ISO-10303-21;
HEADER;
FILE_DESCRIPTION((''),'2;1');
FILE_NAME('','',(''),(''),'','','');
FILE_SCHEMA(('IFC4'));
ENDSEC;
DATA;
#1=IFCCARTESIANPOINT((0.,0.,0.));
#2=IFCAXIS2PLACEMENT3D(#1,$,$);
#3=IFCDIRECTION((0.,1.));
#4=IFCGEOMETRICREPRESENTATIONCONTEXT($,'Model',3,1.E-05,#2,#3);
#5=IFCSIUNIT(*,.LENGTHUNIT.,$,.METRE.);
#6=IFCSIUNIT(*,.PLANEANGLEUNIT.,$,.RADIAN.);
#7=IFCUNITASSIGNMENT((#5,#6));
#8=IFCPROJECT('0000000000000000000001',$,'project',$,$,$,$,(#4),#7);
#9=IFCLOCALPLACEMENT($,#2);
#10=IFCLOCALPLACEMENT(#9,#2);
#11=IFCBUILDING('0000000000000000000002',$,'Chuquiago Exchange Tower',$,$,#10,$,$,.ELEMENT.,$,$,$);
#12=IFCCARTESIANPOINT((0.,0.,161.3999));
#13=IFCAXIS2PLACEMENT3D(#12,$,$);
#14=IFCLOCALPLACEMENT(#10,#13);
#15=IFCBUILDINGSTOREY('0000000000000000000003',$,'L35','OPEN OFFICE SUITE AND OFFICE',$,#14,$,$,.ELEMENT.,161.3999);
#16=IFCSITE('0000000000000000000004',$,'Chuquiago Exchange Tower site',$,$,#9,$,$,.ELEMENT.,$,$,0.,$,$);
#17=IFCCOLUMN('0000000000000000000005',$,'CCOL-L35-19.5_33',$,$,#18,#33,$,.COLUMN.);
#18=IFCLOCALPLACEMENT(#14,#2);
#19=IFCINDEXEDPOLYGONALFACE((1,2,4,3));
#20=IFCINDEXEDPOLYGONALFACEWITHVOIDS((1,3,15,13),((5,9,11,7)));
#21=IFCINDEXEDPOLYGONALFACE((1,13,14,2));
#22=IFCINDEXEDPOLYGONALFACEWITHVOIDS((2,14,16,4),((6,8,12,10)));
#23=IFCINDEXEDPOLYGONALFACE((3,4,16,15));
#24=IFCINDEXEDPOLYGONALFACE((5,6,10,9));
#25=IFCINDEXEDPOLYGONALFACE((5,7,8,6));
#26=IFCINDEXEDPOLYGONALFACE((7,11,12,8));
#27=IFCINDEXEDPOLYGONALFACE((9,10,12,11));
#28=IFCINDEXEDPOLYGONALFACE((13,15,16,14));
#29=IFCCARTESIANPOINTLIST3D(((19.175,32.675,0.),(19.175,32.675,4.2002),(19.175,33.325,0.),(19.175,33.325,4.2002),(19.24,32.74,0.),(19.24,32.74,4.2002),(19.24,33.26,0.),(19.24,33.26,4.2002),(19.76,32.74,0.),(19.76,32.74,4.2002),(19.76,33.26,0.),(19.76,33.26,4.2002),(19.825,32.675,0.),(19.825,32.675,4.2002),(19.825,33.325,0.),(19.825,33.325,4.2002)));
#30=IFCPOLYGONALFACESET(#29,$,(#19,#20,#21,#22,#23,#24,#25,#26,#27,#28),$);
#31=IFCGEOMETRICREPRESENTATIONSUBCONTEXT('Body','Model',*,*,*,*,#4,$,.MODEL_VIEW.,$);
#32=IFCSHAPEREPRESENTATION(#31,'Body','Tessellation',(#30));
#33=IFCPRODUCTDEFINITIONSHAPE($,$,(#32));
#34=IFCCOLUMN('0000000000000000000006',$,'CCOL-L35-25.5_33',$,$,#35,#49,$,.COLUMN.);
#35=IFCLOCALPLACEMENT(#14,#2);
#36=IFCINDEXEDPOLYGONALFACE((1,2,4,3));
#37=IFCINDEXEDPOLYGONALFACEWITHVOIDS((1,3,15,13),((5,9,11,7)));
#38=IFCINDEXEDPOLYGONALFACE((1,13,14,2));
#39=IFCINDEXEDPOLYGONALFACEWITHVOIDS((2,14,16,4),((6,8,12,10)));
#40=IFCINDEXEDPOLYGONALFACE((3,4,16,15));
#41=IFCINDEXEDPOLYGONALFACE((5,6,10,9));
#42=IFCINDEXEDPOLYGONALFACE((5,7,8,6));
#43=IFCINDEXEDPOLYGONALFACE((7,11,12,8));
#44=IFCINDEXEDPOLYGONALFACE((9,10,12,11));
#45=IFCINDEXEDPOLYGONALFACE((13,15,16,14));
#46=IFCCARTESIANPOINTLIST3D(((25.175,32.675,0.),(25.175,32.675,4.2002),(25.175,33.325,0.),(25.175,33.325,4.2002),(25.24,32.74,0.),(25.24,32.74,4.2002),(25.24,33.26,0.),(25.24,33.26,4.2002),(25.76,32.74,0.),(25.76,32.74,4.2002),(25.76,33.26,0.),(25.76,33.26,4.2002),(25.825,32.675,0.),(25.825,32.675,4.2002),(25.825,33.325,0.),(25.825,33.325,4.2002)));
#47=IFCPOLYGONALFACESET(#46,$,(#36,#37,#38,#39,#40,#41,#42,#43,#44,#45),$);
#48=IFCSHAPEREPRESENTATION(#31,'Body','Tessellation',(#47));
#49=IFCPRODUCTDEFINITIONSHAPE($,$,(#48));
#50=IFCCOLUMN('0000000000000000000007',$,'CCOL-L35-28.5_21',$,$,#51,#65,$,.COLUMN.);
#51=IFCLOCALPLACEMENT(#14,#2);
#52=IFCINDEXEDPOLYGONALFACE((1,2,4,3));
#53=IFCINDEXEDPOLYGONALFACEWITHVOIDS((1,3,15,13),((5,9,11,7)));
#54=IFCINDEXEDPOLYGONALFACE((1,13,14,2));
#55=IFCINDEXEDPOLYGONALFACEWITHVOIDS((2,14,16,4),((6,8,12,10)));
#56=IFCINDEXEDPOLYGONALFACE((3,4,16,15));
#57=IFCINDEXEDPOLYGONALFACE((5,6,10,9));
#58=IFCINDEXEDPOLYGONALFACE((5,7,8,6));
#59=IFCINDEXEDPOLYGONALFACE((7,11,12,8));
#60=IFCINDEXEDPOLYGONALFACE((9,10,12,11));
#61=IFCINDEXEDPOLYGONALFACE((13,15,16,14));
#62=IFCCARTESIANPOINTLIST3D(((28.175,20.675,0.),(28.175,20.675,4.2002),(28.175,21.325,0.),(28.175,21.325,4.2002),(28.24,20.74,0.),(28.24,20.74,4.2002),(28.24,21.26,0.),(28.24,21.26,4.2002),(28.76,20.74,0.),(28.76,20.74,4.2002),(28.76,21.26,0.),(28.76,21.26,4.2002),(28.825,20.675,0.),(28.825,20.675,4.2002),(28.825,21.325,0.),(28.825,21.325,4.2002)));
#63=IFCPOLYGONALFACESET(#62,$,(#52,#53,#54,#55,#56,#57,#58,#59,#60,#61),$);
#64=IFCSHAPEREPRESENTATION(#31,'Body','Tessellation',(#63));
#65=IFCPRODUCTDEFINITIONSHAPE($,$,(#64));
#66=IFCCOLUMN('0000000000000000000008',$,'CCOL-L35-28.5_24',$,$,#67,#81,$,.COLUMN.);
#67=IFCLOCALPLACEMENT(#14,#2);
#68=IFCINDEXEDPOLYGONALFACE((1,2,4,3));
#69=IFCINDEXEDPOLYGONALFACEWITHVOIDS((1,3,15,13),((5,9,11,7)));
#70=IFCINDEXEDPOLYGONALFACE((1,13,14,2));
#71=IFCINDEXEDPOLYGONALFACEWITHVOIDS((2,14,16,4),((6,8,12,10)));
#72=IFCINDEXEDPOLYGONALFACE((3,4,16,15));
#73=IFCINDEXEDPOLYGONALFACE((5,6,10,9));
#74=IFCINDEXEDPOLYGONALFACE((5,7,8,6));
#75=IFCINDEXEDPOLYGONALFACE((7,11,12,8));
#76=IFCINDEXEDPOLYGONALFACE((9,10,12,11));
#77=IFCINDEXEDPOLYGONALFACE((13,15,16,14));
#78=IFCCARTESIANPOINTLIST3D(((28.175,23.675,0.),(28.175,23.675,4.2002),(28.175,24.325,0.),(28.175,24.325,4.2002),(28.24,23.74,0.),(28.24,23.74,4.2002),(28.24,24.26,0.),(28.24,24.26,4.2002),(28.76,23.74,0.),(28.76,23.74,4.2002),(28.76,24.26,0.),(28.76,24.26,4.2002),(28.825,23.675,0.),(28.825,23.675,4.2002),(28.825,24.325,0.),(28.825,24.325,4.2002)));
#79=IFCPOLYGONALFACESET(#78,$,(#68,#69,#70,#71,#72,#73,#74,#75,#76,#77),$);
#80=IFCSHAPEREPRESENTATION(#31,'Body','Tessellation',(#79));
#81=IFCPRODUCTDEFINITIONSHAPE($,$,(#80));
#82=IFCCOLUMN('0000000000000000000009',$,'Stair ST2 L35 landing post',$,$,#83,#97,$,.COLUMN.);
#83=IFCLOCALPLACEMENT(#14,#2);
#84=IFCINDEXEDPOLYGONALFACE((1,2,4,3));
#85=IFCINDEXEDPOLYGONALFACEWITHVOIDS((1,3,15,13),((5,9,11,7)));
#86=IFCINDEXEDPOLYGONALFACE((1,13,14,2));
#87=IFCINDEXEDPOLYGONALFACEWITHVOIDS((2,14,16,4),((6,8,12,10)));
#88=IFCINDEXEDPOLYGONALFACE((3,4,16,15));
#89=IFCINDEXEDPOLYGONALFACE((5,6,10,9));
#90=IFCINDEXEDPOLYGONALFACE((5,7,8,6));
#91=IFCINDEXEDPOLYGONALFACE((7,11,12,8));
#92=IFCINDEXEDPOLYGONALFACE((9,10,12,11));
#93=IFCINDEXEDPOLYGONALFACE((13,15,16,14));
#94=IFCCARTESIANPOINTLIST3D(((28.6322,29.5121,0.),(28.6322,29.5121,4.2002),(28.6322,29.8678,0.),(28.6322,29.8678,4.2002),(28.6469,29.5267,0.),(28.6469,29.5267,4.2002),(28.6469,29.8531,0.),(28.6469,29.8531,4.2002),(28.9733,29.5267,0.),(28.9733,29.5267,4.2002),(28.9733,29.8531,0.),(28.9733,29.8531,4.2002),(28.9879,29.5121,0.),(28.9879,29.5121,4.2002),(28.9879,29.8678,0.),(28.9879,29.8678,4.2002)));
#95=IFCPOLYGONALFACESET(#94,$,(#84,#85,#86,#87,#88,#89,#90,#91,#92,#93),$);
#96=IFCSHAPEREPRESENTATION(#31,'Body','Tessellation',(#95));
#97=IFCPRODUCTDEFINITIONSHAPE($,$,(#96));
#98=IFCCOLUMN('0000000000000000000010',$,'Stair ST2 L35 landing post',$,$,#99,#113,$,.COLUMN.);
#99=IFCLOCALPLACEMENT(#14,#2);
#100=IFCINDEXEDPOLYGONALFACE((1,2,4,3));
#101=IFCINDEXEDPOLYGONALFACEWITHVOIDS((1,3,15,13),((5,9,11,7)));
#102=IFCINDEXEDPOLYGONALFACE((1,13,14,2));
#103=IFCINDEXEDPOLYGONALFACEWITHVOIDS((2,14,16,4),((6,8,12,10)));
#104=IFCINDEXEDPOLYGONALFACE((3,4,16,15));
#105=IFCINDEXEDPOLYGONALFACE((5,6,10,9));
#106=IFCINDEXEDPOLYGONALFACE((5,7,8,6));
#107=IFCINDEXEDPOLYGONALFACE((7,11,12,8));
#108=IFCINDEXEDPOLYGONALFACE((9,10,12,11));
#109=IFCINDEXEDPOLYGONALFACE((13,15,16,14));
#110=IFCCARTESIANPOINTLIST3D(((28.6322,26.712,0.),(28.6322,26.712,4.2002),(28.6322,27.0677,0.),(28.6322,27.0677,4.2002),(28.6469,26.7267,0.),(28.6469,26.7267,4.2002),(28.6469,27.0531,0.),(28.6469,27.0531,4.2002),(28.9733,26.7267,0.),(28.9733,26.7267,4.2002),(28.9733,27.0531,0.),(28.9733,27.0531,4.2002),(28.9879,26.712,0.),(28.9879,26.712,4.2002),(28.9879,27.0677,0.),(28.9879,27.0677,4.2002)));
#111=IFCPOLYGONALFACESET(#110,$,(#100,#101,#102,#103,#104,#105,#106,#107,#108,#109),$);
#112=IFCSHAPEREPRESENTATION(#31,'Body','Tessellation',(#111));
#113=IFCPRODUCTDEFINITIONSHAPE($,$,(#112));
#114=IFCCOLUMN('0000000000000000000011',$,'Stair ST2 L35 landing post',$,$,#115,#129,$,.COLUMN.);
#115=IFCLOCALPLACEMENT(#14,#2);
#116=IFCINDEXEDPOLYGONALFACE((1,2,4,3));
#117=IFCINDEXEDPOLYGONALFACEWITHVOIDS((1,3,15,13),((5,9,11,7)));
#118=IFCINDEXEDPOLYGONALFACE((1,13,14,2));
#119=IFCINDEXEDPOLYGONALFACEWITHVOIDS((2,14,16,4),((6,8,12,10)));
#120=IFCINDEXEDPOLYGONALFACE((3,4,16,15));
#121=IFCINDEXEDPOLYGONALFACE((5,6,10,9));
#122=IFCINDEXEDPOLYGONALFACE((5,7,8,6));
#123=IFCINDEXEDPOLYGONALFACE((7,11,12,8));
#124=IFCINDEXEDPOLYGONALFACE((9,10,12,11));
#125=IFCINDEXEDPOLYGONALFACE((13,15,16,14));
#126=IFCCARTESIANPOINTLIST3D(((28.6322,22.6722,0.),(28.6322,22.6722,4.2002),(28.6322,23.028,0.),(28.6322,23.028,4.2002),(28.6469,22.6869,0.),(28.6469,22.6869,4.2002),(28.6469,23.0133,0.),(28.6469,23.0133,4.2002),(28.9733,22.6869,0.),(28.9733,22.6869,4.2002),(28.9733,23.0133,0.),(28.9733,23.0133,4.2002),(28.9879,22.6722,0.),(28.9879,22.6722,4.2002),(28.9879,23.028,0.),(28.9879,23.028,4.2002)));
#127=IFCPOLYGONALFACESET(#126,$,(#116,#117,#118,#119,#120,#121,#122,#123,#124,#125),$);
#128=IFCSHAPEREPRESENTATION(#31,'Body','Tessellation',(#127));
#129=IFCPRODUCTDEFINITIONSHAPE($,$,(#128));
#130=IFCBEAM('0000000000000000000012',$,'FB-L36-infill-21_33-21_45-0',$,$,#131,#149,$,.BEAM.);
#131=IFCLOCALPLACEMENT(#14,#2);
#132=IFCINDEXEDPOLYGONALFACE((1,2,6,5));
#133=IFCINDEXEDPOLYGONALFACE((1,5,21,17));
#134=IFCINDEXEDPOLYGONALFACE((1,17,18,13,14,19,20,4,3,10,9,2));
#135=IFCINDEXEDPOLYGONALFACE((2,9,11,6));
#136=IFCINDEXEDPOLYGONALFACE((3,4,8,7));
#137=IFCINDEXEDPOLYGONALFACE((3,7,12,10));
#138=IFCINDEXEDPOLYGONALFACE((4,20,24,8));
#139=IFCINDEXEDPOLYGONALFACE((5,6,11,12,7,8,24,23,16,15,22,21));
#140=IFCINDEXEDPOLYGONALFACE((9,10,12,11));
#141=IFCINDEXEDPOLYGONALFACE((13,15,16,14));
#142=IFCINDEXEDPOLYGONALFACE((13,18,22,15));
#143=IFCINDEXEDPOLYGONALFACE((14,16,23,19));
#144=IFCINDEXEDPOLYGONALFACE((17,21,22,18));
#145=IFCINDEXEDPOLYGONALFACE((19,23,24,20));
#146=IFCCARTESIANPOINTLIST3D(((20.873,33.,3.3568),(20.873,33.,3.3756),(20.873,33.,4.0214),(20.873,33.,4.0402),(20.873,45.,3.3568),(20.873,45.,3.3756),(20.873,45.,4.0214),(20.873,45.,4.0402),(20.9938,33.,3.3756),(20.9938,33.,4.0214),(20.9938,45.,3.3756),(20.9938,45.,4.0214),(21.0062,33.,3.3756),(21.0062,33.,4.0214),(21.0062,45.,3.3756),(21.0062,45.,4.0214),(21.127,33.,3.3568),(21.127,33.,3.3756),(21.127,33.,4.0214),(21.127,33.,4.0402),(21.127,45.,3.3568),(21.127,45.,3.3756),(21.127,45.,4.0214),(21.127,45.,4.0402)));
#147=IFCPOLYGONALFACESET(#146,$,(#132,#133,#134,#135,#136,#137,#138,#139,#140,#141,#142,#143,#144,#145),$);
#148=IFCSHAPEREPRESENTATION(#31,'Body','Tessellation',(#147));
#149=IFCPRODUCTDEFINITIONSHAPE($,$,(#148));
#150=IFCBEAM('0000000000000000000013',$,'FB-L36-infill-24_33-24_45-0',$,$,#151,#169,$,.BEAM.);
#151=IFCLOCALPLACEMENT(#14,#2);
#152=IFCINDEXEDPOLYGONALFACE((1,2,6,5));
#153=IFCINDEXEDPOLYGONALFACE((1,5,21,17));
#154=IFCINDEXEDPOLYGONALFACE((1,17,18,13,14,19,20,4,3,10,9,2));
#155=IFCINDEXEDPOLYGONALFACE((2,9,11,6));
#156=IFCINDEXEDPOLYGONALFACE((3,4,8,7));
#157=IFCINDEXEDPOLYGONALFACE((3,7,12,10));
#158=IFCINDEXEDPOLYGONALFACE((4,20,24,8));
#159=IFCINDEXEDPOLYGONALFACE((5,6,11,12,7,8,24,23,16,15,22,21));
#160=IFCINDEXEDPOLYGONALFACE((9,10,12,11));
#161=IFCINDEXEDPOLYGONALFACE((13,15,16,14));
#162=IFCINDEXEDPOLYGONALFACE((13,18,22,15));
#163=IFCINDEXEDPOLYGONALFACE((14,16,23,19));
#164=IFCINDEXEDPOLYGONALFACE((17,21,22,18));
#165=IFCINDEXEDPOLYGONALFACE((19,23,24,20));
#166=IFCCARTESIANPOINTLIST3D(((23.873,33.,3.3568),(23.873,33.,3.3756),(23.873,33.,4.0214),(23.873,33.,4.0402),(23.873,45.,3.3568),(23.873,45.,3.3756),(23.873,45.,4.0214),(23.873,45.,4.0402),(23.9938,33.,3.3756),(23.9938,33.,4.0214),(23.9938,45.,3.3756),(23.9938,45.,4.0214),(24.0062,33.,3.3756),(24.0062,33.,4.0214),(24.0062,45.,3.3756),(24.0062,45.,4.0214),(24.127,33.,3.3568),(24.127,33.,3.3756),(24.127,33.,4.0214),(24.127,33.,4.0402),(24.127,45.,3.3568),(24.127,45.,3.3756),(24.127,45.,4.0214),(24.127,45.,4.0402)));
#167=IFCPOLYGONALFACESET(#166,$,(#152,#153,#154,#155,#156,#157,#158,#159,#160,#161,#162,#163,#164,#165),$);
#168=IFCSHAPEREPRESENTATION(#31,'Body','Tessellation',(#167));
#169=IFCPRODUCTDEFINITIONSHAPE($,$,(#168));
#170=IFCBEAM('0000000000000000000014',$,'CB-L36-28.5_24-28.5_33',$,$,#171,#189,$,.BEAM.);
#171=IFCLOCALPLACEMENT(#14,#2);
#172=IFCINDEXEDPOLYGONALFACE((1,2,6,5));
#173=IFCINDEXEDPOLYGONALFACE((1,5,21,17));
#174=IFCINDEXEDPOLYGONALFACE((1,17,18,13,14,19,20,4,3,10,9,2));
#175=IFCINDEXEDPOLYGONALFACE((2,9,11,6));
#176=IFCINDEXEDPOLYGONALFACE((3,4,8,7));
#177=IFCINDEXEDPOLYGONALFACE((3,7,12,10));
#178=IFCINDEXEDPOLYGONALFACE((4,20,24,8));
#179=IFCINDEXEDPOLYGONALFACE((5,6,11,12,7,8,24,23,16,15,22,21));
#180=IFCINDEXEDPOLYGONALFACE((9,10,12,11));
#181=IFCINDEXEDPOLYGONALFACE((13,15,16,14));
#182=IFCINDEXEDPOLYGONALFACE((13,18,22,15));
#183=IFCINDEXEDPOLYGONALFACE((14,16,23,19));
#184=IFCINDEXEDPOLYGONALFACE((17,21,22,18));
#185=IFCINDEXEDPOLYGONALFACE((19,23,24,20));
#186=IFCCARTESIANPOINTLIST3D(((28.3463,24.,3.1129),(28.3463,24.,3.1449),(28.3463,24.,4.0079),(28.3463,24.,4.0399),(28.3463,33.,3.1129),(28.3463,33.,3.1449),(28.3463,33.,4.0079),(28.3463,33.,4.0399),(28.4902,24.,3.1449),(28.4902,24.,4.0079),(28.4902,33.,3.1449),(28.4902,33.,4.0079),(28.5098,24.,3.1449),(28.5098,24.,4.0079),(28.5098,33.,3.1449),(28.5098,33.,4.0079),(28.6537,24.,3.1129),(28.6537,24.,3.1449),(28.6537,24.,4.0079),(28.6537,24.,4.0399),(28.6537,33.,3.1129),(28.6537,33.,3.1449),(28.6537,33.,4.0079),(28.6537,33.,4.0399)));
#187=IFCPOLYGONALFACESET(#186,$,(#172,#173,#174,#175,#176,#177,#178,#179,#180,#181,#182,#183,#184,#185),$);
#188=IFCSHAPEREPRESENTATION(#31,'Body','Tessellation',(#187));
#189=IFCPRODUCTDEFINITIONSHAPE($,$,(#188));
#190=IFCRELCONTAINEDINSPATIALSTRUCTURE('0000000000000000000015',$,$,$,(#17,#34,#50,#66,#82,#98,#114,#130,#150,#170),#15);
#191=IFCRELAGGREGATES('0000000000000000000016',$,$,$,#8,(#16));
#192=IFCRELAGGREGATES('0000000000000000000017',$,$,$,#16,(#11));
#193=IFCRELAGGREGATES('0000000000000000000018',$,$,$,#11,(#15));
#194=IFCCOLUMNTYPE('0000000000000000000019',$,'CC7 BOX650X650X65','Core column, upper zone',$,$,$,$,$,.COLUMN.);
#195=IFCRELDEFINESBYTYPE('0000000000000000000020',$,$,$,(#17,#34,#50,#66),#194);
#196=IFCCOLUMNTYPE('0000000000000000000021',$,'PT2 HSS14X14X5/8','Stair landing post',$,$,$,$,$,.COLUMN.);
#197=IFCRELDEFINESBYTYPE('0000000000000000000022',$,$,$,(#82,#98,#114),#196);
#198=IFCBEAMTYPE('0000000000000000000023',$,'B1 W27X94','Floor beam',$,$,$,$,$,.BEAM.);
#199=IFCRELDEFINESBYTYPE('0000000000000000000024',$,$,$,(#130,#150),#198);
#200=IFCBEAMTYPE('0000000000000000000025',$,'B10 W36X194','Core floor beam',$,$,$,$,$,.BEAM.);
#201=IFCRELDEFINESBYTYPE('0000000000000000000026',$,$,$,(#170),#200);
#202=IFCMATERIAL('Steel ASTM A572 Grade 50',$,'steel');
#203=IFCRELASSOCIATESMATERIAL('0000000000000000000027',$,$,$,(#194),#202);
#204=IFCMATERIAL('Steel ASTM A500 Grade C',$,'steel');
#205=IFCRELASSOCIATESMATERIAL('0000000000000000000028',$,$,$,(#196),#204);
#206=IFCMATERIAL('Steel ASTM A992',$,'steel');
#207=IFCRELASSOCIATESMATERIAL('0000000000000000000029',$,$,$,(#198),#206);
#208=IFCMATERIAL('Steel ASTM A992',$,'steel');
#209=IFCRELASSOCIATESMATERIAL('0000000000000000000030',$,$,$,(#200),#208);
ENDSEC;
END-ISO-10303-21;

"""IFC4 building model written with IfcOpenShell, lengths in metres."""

from ifc_helpers import new_model, si_unit, direction, frame, origin, origin_2d, place, context, subcontext, project, spatial, hollow_rectangle, i_section, extrude, material, material_profile, profile_set, type_object, element, save


model = new_model("IFC4")

# Units and contexts
model_context = context("Model", 3, precision=1e-05, world=origin(), true_north=direction((0.0, 1.0)))
body_context = subcontext(model_context, "Body", "Model", "MODEL_VIEW")
ifc_project = project(units=[si_unit("LENGTHUNIT", "METRE"), si_unit("PLANEANGLEUNIT", "RADIAN")], contexts=[model_context])

# Site, building, storey
site_placement = place(None, origin())
site = spatial("IfcSite", under=ifc_project, at=site_placement, Name="Chuquiago Exchange Tower site", CompositionType="ELEMENT", RefElevation=0.0)
building_placement = place(site_placement, origin())
building = spatial("IfcBuilding", under=site, at=building_placement, Name="Chuquiago Exchange Tower", CompositionType="ELEMENT")
storey_placement = place(building_placement, frame((0.0, 0.0, 161.3999)))
storey = spatial("IfcBuildingStorey", under=building, at=storey_placement, Name="L35", Description="OPEN OFFICE SUITE AND OFFICE", CompositionType="ELEMENT", Elevation=161.3999)

# Columns
ifc_material_1 = material(Name="Steel ASTM A572 Grade 50", Category="steel")
ifc_material_profile_1 = material_profile(ifc_material_1, hollow_rectangle(XDim=0.6499, YDim=0.6499, WallThickness=0.0649, at=origin_2d()), Name="BOX650X650X65")
ifc_profile_set_1 = profile_set([ifc_material_profile_1], Name="Steel ASTM A572 Grade 50")
column_type_1 = type_object("IfcColumnType", Name="CC7 BOX650X650X65", Description="Core column, upper zone", PredefinedType="COLUMN", material=ifc_profile_set_1)
for number, where, z_axis, x_axis, name in (
    (1, (19.5, 33.0, 0.0), (0.0, 0.0, 1.0), (1.0, 0.0, 0.0), "CCOL-L35-19.5_33"),
    (2, (25.5, 33.0, 0.0), (0.0, 0.0, 1.0), (1.0, 0.0, 0.0), "CCOL-L35-25.5_33"),
    (3, (28.5, 21.0, 0.0), (0.0, 0.0, 1.0), (1.0, 0.0, 0.0), "CCOL-L35-28.5_21"),
    (4, (28.5, 24.0, 0.0), (0.0, 0.0, 1.0), (1.0, 0.0, 0.0), "CCOL-L35-28.5_24"),
):
    element("IfcColumn", number, at=place(storey_placement, frame(where, z_axis=z_axis, x_axis=x_axis)), inside=storey, type_object=column_type_1, Name=name, PredefinedType="COLUMN", context=body_context, shape_type="SweptSolid", body=[
        extrude(hollow_rectangle(XDim=0.6499, YDim=0.6499, WallThickness=0.0649, at=origin_2d()), origin(), (0.0, 0.0, 1.0), 4.2002),
    ])
ifc_material_2 = material(Name="Steel ASTM A500 Grade C", Category="steel")
ifc_material_profile_2 = material_profile(ifc_material_2, hollow_rectangle(XDim=0.3557, YDim=0.3557, WallThickness=0.0146, at=origin_2d()), Name="HSS14X14X5/8")
ifc_profile_set_2 = profile_set([ifc_material_profile_2], Name="Steel ASTM A500 Grade C")
column_type_2 = type_object("IfcColumnType", Name="PT2 HSS14X14X5/8", Description="Stair landing post", PredefinedType="COLUMN", material=ifc_profile_set_2)
for number, where, z_axis, x_axis, name in (
    (5, (28.8101, 29.6899, 0.0), (0.0, 0.0, 1.0), (1.0, 0.0, 0.0), "Stair ST2 L35 landing post"),
    (6, (28.8101, 26.8899, 0.0), (0.0, 0.0, 1.0), (1.0, 0.0, 0.0), "Stair ST2 L35 landing post"),
    (7, (28.8101, 22.8501, 0.0), (0.0, 0.0, 1.0), (1.0, 0.0, 0.0), "Stair ST2 L35 landing post"),
):
    element("IfcColumn", number, at=place(storey_placement, frame(where, z_axis=z_axis, x_axis=x_axis)), inside=storey, type_object=column_type_2, Name=name, PredefinedType="COLUMN", context=body_context, shape_type="SweptSolid", body=[
        extrude(hollow_rectangle(XDim=0.3557, YDim=0.3557, WallThickness=0.0146, at=origin_2d()), origin(), (0.0, 0.0, 1.0), 4.2002),
    ])

# Beams
ifc_material_3 = material(Name="Steel ASTM A992", Category="steel")
ifc_material_profile_3 = material_profile(ifc_material_3, i_section(OverallWidth=0.2539, OverallDepth=0.6833, WebThickness=0.0125, FlangeThickness=0.0188, at=origin_2d()), Name="W27X94")
ifc_profile_set_3 = profile_set([ifc_material_profile_3], Name="Steel ASTM A992")
beam_type_1 = type_object("IfcBeamType", Name="B1 W27X94", Description="Floor beam", PredefinedType="BEAM", material=ifc_profile_set_3)
for number, where, z_axis, x_axis, name in (
    (8, (21.0, 33.0, 3.6985), (0.0, 1.0, 0.0), (-1.0, 0.0, 0.0), "FB-L36-infill-21_33-21_45-0"),
    (9, (24.0, 33.0, 3.6985), (0.0, 1.0, 0.0), (-1.0, 0.0, 0.0), "FB-L36-infill-24_33-24_45-0"),
):
    element("IfcBeam", number, at=place(storey_placement, frame(where, z_axis=z_axis, x_axis=x_axis)), inside=storey, type_object=beam_type_1, Name=name, PredefinedType="BEAM", context=body_context, shape_type="SweptSolid", body=[
        extrude(i_section(OverallWidth=0.2539, OverallDepth=0.6833, WebThickness=0.0125, FlangeThickness=0.0188, at=origin_2d()), origin(), (0.0, 0.0, 1.0), 12.0),
    ])
ifc_material_4 = material(Name="Steel ASTM A992", Category="steel")
ifc_material_profile_4 = material_profile(ifc_material_4, i_section(OverallWidth=0.3074, OverallDepth=0.927, WebThickness=0.0195, FlangeThickness=0.032, at=origin_2d()), Name="W36X194")
ifc_profile_set_4 = profile_set([ifc_material_profile_4], Name="Steel ASTM A992")
beam_type_2 = type_object("IfcBeamType", Name="B10 W36X194", Description="Core floor beam", PredefinedType="BEAM", material=ifc_profile_set_4)
beam_1_placement = place(storey_placement, frame((28.5, 24.0, 3.5764), z_axis=(0.0, 1.0, 0.0), x_axis=(-1.0, 0.0, 0.0)))
element("IfcBeam", 10, at=beam_1_placement, inside=storey, type_object=beam_type_2, Name="CB-L36-28.5_24-28.5_33", PredefinedType="BEAM", context=body_context, shape_type="SweptSolid", body=[
    extrude(i_section(OverallWidth=0.3074, OverallDepth=0.927, WebThickness=0.0195, FlangeThickness=0.032, at=origin_2d()), origin(), (0.0, 0.0, 1.0), 9.0),
])

save(model, "model.ifc")
